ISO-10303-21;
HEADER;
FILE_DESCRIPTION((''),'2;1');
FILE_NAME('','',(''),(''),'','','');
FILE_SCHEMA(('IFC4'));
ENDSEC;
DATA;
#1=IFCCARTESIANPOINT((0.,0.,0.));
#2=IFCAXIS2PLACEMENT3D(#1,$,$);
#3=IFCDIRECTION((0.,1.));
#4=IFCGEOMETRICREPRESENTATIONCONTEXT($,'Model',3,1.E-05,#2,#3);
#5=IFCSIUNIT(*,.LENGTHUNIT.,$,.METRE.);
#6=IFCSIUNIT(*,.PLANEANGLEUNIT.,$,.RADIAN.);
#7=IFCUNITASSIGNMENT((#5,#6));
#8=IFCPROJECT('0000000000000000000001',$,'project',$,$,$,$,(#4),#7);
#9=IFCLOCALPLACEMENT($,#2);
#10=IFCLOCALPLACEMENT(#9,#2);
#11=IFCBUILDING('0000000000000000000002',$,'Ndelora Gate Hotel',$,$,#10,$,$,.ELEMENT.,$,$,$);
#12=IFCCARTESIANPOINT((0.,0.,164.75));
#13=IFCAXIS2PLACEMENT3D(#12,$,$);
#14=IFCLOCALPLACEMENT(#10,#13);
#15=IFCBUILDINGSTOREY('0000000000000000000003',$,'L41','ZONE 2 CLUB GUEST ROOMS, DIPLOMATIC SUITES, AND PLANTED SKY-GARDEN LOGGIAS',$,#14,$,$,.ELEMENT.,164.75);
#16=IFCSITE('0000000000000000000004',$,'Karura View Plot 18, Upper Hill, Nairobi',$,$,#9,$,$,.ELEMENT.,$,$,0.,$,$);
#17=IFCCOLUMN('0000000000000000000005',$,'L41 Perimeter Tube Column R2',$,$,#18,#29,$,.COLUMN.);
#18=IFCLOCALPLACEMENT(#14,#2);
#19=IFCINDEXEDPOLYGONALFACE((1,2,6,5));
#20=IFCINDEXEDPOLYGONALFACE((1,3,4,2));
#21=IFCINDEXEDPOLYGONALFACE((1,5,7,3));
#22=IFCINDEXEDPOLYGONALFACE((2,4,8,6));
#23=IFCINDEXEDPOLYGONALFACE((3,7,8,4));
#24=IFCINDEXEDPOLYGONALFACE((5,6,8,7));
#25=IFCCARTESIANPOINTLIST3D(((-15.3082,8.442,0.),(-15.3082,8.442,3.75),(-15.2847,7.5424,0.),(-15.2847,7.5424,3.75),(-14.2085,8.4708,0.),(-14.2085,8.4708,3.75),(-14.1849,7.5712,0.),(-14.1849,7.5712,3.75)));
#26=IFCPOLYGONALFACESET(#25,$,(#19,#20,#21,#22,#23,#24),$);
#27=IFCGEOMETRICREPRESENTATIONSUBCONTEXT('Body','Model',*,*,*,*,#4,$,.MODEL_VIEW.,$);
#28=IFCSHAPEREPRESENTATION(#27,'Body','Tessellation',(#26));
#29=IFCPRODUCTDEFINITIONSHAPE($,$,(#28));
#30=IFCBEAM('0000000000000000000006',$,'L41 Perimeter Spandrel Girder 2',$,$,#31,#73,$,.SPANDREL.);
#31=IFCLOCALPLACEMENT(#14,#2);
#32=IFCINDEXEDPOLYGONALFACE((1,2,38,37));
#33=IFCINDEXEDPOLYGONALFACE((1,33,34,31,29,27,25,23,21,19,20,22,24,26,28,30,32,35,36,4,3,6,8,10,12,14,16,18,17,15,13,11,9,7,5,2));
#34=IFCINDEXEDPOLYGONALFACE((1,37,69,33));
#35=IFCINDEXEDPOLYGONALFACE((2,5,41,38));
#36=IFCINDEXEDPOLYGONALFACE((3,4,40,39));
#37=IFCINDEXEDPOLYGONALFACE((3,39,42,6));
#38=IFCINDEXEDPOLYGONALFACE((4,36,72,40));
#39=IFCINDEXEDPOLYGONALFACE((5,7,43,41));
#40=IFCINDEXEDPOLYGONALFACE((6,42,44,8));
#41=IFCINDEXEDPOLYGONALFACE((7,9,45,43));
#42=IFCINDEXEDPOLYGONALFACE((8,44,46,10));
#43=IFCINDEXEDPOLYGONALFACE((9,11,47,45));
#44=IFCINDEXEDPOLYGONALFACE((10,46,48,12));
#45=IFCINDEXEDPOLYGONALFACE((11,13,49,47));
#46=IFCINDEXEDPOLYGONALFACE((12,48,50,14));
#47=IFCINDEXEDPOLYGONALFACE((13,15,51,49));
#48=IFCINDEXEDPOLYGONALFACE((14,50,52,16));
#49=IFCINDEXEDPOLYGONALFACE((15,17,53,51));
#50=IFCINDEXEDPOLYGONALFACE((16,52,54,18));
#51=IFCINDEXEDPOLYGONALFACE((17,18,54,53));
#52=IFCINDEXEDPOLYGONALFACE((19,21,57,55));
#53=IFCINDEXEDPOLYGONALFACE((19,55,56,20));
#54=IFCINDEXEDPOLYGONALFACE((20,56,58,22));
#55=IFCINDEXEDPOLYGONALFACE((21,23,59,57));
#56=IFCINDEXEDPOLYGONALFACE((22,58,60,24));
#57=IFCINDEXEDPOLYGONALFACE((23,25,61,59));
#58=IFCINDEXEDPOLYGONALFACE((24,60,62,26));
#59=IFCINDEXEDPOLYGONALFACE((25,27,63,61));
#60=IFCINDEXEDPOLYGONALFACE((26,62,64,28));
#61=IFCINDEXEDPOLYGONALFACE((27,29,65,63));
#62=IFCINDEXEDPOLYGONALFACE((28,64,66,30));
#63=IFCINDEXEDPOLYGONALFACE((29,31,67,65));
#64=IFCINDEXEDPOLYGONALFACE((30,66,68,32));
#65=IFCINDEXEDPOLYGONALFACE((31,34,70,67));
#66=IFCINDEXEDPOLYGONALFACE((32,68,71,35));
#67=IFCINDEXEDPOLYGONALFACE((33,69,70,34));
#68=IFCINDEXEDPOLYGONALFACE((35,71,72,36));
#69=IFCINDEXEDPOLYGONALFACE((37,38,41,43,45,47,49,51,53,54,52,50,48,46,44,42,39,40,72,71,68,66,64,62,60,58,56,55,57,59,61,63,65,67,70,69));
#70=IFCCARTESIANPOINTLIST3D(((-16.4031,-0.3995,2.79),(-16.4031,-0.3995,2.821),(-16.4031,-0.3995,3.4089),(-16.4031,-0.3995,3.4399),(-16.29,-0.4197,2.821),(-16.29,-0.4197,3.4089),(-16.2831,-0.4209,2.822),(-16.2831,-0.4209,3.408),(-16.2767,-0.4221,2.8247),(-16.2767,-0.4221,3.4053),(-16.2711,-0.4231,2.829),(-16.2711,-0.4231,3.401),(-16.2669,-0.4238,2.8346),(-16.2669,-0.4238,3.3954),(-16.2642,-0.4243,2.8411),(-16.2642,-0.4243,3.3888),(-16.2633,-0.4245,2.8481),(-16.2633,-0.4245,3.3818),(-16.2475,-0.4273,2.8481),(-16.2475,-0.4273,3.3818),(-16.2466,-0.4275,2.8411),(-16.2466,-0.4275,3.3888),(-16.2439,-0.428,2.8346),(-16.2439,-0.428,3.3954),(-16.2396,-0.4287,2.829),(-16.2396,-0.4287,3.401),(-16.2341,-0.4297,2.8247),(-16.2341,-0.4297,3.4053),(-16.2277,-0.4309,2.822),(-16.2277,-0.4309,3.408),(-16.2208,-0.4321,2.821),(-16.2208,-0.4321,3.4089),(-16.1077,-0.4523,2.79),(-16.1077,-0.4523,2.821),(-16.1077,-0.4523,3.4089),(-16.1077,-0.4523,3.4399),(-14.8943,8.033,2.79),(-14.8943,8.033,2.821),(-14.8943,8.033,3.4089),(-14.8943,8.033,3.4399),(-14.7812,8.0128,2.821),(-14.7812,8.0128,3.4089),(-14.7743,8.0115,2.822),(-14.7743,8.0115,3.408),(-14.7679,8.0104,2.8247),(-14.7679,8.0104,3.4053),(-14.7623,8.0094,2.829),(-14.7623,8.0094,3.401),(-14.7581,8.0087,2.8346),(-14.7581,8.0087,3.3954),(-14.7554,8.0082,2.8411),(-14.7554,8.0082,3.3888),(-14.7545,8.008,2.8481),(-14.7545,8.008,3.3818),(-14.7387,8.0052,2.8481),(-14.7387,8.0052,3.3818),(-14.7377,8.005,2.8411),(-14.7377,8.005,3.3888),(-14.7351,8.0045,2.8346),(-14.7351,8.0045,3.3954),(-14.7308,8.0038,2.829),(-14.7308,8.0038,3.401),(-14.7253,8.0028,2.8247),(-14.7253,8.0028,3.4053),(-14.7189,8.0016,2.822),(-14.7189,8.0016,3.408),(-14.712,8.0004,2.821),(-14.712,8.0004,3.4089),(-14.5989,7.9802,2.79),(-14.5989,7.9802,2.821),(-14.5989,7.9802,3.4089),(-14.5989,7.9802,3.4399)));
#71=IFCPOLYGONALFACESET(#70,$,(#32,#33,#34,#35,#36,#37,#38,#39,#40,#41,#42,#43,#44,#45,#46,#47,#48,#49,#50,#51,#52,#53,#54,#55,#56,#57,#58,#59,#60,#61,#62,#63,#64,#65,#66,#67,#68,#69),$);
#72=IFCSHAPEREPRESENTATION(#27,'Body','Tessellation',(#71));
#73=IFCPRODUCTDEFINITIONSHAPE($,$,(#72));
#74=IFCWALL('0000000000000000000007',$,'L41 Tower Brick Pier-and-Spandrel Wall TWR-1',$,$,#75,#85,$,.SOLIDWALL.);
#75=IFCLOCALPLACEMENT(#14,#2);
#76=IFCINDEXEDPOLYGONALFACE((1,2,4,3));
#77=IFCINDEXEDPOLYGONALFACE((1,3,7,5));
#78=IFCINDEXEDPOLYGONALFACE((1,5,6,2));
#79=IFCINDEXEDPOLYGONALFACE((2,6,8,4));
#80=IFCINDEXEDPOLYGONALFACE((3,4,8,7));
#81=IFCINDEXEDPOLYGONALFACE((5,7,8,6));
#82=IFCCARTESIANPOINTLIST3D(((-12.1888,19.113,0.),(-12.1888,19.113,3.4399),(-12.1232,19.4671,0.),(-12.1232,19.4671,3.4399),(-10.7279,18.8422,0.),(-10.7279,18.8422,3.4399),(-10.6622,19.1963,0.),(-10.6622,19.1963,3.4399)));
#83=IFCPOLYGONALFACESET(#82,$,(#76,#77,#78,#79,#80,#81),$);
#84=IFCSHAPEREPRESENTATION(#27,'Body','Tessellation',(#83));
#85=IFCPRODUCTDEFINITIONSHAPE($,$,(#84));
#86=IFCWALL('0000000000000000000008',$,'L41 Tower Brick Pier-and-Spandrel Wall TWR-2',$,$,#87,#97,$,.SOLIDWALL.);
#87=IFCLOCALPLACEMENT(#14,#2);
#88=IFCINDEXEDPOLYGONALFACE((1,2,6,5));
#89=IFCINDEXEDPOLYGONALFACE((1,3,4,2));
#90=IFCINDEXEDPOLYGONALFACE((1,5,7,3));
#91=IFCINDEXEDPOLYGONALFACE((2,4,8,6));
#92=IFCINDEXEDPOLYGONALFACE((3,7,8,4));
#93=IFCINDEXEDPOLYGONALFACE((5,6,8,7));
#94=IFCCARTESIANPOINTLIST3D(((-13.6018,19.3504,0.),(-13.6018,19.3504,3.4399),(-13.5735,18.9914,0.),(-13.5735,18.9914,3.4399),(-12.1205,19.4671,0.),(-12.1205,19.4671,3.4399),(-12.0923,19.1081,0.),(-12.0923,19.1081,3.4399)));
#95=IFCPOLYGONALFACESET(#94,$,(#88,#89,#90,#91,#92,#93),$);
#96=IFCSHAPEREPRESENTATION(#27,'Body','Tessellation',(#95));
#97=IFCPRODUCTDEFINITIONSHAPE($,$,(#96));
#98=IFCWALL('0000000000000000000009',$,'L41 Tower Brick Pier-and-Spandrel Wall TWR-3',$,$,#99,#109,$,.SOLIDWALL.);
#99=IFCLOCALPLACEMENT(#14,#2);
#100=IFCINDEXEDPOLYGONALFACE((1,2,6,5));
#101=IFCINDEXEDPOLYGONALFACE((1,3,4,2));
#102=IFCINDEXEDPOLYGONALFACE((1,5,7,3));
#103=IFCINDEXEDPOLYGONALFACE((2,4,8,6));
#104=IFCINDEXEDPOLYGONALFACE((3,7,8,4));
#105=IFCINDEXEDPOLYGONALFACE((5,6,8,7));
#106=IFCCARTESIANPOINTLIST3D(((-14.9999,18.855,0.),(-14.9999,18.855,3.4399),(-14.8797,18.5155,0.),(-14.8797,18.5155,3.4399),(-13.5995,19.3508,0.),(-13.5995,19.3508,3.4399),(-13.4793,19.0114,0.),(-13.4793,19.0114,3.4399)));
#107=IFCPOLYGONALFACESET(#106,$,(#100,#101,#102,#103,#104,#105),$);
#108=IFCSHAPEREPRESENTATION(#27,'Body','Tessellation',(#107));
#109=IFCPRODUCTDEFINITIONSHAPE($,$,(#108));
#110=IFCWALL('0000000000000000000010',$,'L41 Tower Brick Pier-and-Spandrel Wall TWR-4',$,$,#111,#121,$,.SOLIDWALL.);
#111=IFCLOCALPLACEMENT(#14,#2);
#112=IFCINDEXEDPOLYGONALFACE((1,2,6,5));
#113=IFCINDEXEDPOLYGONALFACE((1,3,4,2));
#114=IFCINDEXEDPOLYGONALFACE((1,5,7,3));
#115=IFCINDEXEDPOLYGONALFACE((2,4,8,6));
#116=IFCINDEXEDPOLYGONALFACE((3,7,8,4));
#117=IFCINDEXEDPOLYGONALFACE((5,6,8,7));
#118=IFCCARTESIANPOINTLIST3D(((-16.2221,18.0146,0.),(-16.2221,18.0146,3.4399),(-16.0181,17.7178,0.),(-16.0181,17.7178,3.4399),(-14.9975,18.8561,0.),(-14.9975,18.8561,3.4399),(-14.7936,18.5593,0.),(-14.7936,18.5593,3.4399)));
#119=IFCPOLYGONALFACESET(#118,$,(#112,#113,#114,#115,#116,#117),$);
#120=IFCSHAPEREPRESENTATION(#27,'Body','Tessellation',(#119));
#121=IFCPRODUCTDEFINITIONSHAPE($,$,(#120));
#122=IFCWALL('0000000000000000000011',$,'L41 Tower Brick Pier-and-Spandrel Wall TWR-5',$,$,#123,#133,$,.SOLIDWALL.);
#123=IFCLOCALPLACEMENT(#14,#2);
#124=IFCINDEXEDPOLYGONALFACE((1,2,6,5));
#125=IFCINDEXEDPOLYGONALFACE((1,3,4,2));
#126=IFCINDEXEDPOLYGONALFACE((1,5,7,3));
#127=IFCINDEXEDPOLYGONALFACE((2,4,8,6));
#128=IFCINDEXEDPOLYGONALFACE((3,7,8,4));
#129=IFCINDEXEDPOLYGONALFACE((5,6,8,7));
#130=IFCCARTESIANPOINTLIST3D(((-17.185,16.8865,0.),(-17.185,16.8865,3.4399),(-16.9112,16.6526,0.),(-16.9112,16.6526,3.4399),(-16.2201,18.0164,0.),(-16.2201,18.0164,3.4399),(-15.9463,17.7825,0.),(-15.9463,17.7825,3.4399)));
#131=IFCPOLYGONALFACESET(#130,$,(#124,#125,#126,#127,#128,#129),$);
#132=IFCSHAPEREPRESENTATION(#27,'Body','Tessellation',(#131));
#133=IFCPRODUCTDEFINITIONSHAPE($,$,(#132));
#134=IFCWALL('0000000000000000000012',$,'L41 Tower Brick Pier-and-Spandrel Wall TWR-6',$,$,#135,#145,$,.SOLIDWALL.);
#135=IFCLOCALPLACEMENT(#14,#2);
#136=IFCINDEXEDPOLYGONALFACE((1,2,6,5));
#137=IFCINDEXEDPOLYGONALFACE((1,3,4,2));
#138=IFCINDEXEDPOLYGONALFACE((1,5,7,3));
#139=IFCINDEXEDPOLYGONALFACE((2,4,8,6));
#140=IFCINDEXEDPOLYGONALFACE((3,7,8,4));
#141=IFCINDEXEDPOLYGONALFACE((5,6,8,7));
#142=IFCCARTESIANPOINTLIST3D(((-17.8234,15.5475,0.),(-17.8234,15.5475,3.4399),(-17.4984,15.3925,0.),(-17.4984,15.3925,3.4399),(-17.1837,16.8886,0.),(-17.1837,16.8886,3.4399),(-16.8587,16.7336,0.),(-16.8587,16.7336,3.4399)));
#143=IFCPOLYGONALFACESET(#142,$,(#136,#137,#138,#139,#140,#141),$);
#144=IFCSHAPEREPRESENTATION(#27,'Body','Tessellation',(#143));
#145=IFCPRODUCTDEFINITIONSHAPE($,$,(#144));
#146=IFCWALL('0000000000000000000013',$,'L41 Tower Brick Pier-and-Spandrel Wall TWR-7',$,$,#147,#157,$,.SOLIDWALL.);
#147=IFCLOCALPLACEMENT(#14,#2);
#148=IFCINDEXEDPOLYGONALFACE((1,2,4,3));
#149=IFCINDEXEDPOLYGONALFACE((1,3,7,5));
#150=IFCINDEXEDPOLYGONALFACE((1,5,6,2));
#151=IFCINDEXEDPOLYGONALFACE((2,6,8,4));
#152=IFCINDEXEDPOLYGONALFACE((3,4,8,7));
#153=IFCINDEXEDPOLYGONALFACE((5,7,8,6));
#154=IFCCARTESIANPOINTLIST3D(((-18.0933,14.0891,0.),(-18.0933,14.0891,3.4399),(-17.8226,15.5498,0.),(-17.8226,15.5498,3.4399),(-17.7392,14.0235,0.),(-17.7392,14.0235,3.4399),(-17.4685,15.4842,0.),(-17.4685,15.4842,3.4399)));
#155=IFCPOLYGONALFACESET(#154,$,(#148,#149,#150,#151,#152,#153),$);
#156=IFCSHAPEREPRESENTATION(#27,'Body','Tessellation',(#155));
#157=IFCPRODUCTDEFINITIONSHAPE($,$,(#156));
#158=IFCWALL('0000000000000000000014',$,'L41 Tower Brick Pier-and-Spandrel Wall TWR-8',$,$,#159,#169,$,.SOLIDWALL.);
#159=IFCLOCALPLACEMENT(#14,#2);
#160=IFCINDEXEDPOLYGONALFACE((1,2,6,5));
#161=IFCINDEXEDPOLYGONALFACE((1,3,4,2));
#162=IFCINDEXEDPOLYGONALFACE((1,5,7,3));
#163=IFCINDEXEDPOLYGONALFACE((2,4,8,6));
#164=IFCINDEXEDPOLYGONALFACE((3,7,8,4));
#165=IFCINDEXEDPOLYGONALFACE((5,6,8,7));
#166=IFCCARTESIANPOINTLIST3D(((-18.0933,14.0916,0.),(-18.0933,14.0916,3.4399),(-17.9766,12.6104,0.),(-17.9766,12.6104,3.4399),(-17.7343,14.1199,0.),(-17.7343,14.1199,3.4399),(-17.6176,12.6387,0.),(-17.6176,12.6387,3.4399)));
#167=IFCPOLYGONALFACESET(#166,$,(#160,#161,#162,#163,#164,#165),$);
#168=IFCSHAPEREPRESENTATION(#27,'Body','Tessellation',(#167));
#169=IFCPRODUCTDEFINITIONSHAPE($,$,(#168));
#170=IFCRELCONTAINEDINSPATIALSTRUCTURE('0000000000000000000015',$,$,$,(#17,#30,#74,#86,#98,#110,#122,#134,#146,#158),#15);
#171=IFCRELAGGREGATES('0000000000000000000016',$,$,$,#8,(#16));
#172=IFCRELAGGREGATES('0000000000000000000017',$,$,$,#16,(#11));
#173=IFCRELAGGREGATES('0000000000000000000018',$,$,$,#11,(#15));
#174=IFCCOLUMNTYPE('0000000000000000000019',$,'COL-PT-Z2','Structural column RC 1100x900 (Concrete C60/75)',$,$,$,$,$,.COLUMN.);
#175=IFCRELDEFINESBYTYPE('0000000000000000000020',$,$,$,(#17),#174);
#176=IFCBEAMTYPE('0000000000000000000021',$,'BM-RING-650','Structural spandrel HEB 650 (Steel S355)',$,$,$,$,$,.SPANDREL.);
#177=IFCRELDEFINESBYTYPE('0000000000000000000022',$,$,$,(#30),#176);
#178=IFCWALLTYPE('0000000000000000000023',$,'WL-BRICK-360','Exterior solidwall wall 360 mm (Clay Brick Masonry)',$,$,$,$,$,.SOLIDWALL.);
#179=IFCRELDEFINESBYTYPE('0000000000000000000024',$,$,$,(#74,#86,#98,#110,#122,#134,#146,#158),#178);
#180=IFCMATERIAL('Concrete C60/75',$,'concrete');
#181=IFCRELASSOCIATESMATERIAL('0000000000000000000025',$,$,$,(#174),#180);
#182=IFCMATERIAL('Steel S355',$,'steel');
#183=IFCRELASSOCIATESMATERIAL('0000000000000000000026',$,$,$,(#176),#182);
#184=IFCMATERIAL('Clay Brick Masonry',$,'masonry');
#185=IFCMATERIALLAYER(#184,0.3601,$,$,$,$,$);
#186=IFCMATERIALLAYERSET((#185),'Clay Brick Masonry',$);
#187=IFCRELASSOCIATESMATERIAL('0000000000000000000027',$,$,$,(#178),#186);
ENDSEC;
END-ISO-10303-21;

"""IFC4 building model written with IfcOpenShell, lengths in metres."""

from ifc_helpers import new_model, si_unit, direction, frame, frame_2d, origin, origin_2d, place, context, subcontext, project, spatial, rectangle, i_section, extrude, material, layer, layer_set, material_profile, profile_set, type_object, element, save


model = new_model("IFC4")

# Units and contexts
model_context = context("Model", 3, precision=1e-05, world=origin(), true_north=direction((0.0, 1.0)))
body_context = subcontext(model_context, "Body", "Model", "MODEL_VIEW")
ifc_project = project(units=[si_unit("LENGTHUNIT", "METRE"), si_unit("PLANEANGLEUNIT", "RADIAN")], contexts=[model_context])

# Site, building, storey
site_placement = place(None, origin())
site = spatial("IfcSite", under=ifc_project, at=site_placement, Name="Karura View Plot 18, Upper Hill, Nairobi", CompositionType="ELEMENT", RefElevation=0.0)
building_placement = place(site_placement, origin())
building = spatial("IfcBuilding", under=site, at=building_placement, Name="Ndelora Gate Hotel", CompositionType="ELEMENT")
storey_placement = place(building_placement, frame((0.0, 0.0, 164.75)))
storey = spatial("IfcBuildingStorey", under=building, at=storey_placement, Name="L41", Description="ZONE 2 CLUB GUEST ROOMS, DIPLOMATIC SUITES, AND PLANTED SKY-GARDEN LOGGIAS", CompositionType="ELEMENT", Elevation=164.75)

# Column
ifc_material_1 = material(Name="Concrete C60/75", Category="concrete")
ifc_material_profile_1 = material_profile(ifc_material_1, rectangle(XDim=0.8999, YDim=1.1001, at=origin_2d()), Name="RC 1100x900")
ifc_profile_set_1 = profile_set([ifc_material_profile_1], Name="Concrete C60/75")
column_type = type_object("IfcColumnType", Name="COL-PT-Z2", Description="Structural column RC 1100x900 (Concrete C60/75)", PredefinedType="COLUMN", material=ifc_profile_set_1)
column_placement = place(storey_placement, frame((-14.7466, 8.0066, 0.0), z_axis=(0.0, 0.0, 1.0), x_axis=(-0.026177, 0.999657, 0.0)))
element("IfcColumn", 1, at=column_placement, inside=storey, type_object=column_type, Name="L41 Perimeter Tube Column R2", PredefinedType="COLUMN", context=body_context, shape_type="SweptSolid", body=[
    extrude(rectangle(XDim=0.8999, YDim=1.1001, at=origin_2d()), origin(), (0.0, 0.0, 1.0), 3.75),
])

# Beam
ifc_material_2 = material(Name="Steel S355", Category="steel")
ifc_material_profile_2 = material_profile(ifc_material_2, i_section(OverallWidth=0.3, OverallDepth=0.6499, WebThickness=0.0161, FlangeThickness=0.031, FilletRadius=0.0271, at=origin_2d()), Name="HEB 650")
ifc_profile_set_2 = profile_set([ifc_material_profile_2], Name="Steel S355")
beam_type = type_object("IfcBeamType", Name="BM-RING-650", Description="Structural spandrel HEB 650 (Steel S355)", PredefinedType="SPANDREL", material=ifc_profile_set_2)
beam_placement = place(storey_placement, frame((-14.7466, 8.0066, 3.115), z_axis=(-0.176131, -0.984367, 0.0), x_axis=(0.984367, -0.176131, 0.0)))
element("IfcBeam", 2, at=beam_placement, inside=storey, type_object=beam_type, Name="L41 Perimeter Spandrel Girder 2", PredefinedType="SPANDREL", context=body_context, shape_type="SweptSolid", body=[
    extrude(i_section(OverallWidth=0.3, OverallDepth=0.6499, WebThickness=0.0161, FlangeThickness=0.031, FilletRadius=0.0271, at=origin_2d()), origin(), (0.0, 0.0, 1.0), 8.5664),
])

# Walls
ifc_material_3 = material(Name="Clay Brick Masonry", Category="masonry")
ifc_layer_1 = layer(ifc_material_3, 0.3601)
ifc_layer_set_1 = layer_set([ifc_layer_1], Name="Clay Brick Masonry")
wall_type_1 = type_object("IfcWallType", Name="WL-BRICK-360", Description="Exterior solidwall wall 360 mm (Clay Brick Masonry)", PredefinedType="SOLIDWALL", material=ifc_layer_set_1)
for number, where, z_axis, x_axis, name in (
    (3, (-12.156, 19.29, 0.0), (0.0, 0.0, 1.0), (0.983257, -0.182225, 0.0), "L41 Tower Brick Pier-and-Spandrel Wall TWR-1"),
    (4, (-13.5876, 19.1709, 0.0), (0.0, 0.0, 1.0), (0.996911, 0.078543, 0.0), "L41 Tower Brick Pier-and-Spandrel Wall TWR-2"),
):
    element("IfcWall", number, at=place(storey_placement, frame(where, z_axis=z_axis, x_axis=x_axis)), inside=storey, type_object=wall_type_1, Name=name, PredefinedType="SOLIDWALL", context=body_context, shape_type="SweptSolid", body=[
        extrude(rectangle(XDim=1.4858, YDim=0.3601, at=frame_2d((0.7429, 0.0))), origin(), (0.0, 0.0, 1.0), 3.4399),
    ])
wall_1_placement = place(storey_placement, frame((-14.9397, 18.6853, 0.0), z_axis=(0.0, 0.0, 1.0), x_axis=(0.942653, 0.333774, 0.0)))
element("IfcWall", 5, at=wall_1_placement, inside=storey, type_object=wall_type_1, Name="L41 Tower Brick Pier-and-Spandrel Wall TWR-3", PredefinedType="SOLIDWALL", context=body_context, shape_type="SweptSolid", body=[
    extrude(rectangle(XDim=1.4856, YDim=0.3601, at=frame_2d((0.7427, 0.0))), origin(), (0.0, 0.0, 1.0), 3.4399),
])
for number, where, z_axis, x_axis, name in (
    (6, (-16.1201, 17.8662, 0.0), (0.0, 0.0, 1.0), (0.824157, 0.566361, 0.0), "L41 Tower Brick Pier-and-Spandrel Wall TWR-4"),
    (7, (-17.0481, 16.7695, 0.0), (0.0, 0.0, 1.0), (0.649383, 0.760462, 0.0), "L41 Tower Brick Pier-and-Spandrel Wall TWR-5"),
    (8, (-17.6609, 15.47, 0.0), (0.0, 0.0, 1.0), (0.430508, 0.902587, 0.0), "L41 Tower Brick Pier-and-Spandrel Wall TWR-6"),
):
    element("IfcWall", number, at=place(storey_placement, frame(where, z_axis=z_axis, x_axis=x_axis)), inside=storey, type_object=wall_type_1, Name=name, PredefinedType="SOLIDWALL", context=body_context, shape_type="SweptSolid", body=[
        extrude(rectangle(XDim=1.4858, YDim=0.3601, at=frame_2d((0.7429, 0.0))), origin(), (0.0, 0.0, 1.0), 3.4399),
    ])
wall_2_placement = place(storey_placement, frame((-17.9163, 14.0564, 0.0), z_axis=(0.0, 0.0, 1.0), x_axis=(0.182254, 0.983251, 0.0)))
element("IfcWall", 9, at=wall_2_placement, inside=storey, type_object=wall_type_1, Name="L41 Tower Brick Pier-and-Spandrel Wall TWR-7", PredefinedType="SOLIDWALL", context=body_context, shape_type="SweptSolid", body=[
    extrude(rectangle(XDim=1.4856, YDim=0.3601, at=frame_2d((0.7427, 0.0))), origin(), (0.0, 0.0, 1.0), 3.4399),
])
wall_3_placement = place(storey_placement, frame((-17.7971, 12.6245, 0.0), z_axis=(0.0, 0.0, 1.0), x_axis=(-0.078543, 0.996911, 0.0)))
element("IfcWall", 10, at=wall_3_placement, inside=storey, type_object=wall_type_1, Name="L41 Tower Brick Pier-and-Spandrel Wall TWR-8", PredefinedType="SOLIDWALL", context=body_context, shape_type="SweptSolid", body=[
    extrude(rectangle(XDim=1.4858, YDim=0.3601, at=frame_2d((0.7429, 0.0))), origin(), (0.0, 0.0, 1.0), 3.4399),
])

save(model, "model.ifc")
